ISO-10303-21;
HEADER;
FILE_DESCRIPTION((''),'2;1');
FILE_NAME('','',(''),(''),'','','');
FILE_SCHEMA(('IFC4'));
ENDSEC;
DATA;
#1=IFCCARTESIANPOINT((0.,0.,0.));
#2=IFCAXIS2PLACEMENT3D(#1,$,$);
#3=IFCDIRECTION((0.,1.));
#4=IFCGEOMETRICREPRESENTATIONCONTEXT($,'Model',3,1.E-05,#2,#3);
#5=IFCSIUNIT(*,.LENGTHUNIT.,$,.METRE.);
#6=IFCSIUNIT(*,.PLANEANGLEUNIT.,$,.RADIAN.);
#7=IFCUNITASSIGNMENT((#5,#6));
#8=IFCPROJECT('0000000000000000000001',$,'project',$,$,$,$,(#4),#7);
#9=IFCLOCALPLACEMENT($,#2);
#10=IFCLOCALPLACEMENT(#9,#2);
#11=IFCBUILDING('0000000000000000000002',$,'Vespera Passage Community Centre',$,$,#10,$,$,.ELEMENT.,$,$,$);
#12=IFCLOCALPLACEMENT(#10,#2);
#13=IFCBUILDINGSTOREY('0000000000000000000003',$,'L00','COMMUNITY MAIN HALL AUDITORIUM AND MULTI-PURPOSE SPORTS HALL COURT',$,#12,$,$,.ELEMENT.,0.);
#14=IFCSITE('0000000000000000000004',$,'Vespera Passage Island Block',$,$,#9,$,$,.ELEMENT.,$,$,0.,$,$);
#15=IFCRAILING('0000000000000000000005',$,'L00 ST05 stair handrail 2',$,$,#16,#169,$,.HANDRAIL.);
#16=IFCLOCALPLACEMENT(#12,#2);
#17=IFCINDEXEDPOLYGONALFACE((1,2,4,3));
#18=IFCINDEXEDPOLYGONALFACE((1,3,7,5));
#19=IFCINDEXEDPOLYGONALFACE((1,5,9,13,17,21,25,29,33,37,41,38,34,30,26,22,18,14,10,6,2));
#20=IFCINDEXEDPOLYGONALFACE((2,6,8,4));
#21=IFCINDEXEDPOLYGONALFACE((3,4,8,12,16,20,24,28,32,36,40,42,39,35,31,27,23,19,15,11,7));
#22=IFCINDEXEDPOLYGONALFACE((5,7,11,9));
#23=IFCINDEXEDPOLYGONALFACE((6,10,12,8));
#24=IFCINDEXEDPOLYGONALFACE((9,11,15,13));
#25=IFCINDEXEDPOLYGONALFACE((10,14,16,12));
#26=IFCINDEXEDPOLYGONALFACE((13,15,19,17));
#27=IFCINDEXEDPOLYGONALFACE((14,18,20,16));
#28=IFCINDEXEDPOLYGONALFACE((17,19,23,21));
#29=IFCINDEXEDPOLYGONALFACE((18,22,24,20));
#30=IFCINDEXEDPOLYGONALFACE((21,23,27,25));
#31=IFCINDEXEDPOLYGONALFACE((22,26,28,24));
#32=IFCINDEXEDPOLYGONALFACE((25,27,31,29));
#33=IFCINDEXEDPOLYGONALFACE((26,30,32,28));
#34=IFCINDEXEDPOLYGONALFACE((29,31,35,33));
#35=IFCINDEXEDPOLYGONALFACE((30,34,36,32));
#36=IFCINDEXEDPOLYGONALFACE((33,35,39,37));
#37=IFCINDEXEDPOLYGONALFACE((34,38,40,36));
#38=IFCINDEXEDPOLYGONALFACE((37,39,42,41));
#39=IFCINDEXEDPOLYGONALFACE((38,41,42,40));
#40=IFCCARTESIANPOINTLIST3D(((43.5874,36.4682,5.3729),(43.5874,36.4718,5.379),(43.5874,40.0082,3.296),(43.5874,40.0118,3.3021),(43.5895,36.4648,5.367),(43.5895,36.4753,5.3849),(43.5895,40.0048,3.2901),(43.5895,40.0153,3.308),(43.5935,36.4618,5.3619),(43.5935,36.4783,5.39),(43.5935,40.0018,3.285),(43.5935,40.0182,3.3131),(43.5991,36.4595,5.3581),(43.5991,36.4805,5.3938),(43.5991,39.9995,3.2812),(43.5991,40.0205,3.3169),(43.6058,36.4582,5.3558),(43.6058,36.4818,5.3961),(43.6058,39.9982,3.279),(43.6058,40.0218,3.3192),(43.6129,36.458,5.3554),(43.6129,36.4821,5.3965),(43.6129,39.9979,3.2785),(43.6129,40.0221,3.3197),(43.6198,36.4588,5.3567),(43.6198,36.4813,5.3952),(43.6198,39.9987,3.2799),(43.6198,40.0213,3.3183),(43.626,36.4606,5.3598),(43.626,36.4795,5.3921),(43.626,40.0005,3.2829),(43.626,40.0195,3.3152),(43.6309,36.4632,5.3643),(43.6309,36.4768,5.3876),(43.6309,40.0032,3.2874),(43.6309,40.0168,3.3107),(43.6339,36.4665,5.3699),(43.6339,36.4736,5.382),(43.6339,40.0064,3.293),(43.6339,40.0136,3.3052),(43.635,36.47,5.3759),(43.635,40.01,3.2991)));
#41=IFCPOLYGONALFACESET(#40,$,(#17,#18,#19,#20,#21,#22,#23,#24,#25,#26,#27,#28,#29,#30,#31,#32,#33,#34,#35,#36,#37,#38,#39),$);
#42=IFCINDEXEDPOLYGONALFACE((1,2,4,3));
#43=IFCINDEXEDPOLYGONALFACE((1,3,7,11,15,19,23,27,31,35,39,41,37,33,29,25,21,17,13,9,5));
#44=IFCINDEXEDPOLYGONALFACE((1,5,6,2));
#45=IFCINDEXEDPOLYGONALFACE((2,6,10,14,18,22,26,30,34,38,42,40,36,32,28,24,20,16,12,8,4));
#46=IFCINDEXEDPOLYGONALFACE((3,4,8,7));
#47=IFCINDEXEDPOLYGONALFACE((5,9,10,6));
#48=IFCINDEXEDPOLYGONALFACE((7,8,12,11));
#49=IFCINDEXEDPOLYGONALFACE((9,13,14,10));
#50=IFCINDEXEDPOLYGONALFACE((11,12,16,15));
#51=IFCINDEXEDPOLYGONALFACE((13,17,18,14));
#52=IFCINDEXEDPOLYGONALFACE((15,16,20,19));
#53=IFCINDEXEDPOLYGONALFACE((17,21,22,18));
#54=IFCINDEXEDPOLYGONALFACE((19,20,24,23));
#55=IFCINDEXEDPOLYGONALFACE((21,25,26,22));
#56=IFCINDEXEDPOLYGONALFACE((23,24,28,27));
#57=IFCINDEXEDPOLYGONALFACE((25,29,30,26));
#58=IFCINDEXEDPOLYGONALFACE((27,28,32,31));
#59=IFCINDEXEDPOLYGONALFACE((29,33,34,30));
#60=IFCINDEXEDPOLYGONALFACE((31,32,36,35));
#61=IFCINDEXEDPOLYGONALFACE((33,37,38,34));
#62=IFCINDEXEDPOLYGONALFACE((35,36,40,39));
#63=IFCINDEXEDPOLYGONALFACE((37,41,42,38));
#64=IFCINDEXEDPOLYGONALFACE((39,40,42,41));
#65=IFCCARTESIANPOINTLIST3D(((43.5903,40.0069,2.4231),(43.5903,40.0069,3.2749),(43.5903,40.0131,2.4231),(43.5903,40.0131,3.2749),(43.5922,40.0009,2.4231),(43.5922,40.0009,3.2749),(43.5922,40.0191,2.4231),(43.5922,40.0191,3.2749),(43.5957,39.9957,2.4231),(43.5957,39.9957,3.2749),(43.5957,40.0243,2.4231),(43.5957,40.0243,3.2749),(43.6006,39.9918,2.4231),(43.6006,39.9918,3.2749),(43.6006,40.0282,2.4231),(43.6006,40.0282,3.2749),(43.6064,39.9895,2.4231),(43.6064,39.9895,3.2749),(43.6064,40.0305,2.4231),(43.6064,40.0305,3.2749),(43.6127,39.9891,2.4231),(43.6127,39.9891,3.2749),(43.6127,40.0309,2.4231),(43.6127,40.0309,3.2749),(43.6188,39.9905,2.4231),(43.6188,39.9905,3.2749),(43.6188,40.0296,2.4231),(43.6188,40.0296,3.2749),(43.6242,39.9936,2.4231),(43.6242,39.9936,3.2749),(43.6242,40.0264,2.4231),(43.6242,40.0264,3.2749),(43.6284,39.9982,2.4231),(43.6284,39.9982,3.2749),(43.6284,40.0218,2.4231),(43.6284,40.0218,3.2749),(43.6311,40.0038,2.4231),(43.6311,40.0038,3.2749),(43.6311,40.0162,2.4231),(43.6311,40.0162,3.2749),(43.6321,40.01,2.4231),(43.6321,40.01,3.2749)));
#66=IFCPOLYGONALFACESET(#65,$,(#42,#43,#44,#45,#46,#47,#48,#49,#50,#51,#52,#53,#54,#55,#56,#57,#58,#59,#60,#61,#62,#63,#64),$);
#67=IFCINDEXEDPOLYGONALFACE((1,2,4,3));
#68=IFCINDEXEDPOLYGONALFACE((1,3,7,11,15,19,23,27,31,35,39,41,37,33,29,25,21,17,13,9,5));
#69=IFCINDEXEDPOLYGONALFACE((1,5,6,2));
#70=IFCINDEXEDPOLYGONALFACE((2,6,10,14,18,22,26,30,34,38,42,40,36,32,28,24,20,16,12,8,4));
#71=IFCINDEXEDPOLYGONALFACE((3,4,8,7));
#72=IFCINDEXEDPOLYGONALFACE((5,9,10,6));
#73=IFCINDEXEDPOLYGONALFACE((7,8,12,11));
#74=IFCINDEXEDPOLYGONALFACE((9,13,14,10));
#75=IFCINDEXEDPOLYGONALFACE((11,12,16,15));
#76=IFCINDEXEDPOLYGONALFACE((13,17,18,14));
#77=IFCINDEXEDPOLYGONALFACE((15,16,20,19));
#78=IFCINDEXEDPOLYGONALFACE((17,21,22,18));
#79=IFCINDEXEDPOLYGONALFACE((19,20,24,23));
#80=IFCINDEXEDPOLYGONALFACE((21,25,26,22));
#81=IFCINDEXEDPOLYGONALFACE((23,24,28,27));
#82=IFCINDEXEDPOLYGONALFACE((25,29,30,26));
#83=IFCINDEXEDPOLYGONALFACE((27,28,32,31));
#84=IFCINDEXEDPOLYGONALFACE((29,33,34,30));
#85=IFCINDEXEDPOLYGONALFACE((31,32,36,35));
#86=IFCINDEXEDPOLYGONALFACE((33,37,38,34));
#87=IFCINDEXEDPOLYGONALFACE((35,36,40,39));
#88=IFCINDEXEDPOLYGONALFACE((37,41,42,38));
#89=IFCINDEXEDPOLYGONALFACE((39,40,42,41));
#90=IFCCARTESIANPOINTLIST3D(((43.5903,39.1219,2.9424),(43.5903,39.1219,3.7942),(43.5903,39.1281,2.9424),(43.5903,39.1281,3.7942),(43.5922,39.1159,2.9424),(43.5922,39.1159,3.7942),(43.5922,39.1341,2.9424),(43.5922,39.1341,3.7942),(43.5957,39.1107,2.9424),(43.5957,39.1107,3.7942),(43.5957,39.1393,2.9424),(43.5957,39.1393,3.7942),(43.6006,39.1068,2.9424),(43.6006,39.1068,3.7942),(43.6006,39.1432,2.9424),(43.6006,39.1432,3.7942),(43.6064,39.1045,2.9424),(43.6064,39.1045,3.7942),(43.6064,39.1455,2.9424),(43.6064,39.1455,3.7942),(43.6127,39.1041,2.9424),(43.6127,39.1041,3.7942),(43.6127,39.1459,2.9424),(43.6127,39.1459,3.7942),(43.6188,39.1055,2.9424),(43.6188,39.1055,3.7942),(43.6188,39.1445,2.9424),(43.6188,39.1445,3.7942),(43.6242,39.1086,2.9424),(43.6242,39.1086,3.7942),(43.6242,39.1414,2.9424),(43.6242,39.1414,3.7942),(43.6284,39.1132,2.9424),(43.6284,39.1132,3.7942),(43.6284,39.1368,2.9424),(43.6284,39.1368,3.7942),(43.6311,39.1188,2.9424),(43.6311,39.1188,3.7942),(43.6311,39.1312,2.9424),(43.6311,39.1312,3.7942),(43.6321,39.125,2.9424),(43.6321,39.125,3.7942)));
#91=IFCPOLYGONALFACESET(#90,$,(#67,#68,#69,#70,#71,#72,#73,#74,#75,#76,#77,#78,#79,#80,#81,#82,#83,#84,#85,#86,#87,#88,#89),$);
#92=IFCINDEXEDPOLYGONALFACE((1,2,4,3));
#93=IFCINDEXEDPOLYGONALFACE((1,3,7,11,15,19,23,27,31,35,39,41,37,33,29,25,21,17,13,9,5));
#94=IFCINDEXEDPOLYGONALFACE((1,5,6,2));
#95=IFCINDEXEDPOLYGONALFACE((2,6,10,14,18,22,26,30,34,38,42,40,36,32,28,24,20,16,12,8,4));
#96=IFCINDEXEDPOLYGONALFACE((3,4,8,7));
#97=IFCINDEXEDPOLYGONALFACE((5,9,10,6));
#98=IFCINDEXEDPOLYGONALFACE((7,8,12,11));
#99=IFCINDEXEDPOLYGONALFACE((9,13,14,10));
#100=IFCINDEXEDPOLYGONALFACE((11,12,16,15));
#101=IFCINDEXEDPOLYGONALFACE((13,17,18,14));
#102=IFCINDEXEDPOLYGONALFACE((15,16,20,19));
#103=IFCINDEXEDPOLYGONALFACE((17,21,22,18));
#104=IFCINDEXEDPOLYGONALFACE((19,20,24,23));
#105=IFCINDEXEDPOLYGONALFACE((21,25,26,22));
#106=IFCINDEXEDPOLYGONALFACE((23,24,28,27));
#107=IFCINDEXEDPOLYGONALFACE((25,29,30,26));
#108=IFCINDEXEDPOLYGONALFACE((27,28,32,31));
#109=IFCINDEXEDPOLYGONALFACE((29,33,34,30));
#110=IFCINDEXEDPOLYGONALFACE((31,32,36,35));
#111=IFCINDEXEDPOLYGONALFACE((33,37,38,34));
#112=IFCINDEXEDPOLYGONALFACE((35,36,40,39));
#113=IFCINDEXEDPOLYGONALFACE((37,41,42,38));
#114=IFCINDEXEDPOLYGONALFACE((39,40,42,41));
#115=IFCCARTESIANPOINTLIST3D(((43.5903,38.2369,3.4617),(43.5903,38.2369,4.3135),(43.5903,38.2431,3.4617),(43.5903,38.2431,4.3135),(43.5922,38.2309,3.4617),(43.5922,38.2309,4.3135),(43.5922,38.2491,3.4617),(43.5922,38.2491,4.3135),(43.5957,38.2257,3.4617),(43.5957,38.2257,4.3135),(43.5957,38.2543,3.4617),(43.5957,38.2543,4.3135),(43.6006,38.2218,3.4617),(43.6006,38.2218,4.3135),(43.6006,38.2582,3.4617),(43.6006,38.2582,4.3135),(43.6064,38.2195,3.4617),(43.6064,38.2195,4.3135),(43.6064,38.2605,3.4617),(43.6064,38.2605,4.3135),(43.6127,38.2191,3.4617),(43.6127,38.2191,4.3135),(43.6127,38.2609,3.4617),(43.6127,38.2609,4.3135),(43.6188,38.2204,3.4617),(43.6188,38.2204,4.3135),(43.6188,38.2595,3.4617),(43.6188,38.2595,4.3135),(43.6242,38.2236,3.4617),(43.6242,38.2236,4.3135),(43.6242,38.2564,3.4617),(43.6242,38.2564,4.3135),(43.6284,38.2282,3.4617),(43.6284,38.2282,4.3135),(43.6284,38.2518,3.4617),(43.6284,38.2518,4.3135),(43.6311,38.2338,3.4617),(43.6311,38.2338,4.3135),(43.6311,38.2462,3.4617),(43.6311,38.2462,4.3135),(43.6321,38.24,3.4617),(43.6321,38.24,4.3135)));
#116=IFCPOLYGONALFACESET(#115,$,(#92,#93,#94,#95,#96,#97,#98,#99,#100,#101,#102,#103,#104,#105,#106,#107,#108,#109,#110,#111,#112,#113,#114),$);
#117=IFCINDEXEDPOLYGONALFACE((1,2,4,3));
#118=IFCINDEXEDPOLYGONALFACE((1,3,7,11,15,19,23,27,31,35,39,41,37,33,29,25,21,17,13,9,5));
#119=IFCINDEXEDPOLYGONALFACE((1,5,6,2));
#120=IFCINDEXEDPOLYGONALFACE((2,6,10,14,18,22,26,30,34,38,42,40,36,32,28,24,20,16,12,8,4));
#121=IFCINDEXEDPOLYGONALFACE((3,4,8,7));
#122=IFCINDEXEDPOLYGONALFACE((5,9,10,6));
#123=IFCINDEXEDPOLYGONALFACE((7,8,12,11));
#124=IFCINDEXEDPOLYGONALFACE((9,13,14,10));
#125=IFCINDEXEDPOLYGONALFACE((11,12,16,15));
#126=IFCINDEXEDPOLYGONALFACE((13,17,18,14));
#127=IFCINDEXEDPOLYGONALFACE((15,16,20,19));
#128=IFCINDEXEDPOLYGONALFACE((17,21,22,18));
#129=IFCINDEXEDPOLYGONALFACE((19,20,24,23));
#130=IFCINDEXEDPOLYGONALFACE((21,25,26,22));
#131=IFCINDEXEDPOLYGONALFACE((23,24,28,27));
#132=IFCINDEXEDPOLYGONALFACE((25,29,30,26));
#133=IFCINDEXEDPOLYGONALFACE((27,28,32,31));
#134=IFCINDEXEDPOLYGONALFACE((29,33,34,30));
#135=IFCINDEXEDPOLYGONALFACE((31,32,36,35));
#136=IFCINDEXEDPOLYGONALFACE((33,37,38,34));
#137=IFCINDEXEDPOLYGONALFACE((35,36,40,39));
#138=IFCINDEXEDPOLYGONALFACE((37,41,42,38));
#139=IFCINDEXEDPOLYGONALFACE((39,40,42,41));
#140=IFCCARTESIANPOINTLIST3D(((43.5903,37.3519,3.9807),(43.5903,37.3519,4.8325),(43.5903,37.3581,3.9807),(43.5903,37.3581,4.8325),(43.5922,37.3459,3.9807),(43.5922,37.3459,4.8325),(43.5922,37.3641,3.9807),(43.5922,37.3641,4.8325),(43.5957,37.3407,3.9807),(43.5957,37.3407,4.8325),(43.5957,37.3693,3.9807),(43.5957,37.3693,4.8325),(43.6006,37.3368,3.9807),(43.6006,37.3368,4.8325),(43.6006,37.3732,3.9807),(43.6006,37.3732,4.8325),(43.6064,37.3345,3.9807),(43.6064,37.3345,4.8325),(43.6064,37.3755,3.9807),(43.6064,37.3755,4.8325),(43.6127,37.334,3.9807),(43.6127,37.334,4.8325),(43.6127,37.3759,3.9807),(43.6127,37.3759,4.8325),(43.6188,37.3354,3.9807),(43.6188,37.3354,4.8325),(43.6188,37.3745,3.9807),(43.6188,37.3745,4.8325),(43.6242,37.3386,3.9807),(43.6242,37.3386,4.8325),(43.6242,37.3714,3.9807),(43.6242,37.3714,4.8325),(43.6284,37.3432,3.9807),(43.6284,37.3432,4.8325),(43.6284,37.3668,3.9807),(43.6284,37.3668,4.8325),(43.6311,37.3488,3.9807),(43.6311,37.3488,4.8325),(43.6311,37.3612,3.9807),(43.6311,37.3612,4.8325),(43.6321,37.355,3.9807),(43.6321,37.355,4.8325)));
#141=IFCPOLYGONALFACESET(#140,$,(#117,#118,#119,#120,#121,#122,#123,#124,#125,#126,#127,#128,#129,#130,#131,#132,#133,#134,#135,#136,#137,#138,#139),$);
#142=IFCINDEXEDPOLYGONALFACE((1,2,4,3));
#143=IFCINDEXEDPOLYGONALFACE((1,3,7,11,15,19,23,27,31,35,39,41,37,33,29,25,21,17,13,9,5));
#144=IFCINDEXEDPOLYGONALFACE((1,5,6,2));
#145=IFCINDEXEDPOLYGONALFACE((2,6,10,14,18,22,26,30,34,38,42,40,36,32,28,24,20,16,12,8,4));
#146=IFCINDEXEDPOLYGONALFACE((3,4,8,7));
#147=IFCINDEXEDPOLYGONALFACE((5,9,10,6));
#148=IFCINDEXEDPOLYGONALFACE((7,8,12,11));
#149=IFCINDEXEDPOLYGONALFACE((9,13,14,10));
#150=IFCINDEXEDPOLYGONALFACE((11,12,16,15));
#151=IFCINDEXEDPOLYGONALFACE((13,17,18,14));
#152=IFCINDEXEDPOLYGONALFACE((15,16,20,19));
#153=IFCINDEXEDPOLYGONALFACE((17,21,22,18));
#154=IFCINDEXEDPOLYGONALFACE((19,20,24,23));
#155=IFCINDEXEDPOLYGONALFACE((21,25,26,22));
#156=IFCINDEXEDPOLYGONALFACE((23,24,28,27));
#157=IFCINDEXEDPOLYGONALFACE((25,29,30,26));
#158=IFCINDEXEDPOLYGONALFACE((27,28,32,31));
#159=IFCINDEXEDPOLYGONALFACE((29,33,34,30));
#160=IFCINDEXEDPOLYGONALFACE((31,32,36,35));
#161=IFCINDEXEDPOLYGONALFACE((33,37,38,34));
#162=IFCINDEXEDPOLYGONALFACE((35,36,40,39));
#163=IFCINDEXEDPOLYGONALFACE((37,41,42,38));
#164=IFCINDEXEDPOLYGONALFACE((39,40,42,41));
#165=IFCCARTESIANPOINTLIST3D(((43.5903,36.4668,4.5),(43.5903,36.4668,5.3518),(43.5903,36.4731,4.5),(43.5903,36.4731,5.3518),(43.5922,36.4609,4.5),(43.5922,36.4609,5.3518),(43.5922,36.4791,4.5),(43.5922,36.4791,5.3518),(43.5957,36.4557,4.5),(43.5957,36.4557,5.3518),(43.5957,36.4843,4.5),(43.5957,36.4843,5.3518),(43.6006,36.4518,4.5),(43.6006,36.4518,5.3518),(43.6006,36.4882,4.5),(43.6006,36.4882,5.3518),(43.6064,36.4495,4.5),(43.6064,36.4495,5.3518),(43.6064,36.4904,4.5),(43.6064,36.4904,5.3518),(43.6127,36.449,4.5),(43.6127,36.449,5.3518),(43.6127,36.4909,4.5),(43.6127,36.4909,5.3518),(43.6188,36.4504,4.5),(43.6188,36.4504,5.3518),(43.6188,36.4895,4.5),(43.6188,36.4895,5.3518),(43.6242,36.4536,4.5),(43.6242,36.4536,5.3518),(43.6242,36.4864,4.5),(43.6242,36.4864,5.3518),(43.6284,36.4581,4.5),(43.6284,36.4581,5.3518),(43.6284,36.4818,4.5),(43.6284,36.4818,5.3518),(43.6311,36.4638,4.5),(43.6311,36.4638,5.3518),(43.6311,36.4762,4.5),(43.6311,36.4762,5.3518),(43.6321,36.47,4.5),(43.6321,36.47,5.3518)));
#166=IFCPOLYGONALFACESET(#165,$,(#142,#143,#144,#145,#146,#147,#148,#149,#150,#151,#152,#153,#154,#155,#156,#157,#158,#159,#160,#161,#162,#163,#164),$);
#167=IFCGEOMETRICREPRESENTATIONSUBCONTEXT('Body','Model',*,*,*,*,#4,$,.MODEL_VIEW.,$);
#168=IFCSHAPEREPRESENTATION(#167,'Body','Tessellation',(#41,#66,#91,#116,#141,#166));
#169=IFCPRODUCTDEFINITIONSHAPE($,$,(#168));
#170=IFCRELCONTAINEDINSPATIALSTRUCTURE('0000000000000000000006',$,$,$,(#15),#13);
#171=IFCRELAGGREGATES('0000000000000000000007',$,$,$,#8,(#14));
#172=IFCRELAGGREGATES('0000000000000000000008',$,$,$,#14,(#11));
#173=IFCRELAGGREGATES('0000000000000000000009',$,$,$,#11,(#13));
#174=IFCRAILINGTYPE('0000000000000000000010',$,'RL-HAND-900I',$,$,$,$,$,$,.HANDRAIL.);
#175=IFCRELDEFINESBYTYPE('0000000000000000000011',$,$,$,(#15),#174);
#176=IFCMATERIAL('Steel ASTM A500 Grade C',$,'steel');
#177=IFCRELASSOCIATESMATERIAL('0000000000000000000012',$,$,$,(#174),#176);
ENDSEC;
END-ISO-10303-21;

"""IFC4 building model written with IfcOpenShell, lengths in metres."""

from ifc_helpers import new_model, si_unit, direction, frame, origin, origin_2d, place, context, subcontext, project, spatial, circle, extrude, material, type_object, element, save


model = new_model("IFC4")

# Units and contexts
model_context = context("Model", 3, precision=1e-05, world=origin(), true_north=direction((0.0, 1.0)))
body_context = subcontext(model_context, "Body", "Model", "MODEL_VIEW")
ifc_project = project(units=[si_unit("LENGTHUNIT", "METRE"), si_unit("PLANEANGLEUNIT", "RADIAN")], contexts=[model_context])

# Site, building, storey
site_placement = place(None, origin())
site = spatial("IfcSite", under=ifc_project, at=site_placement, Name="Vespera Passage Island Block", CompositionType="ELEMENT", RefElevation=0.0)
building_placement = place(site_placement, origin())
building = spatial("IfcBuilding", under=site, at=building_placement, Name="Vespera Passage Community Centre", CompositionType="ELEMENT")
storey_placement = place(building_placement, origin())
storey = spatial("IfcBuildingStorey", under=building, at=storey_placement, Name="L00", Description="COMMUNITY MAIN HALL AUDITORIUM AND MULTI-PURPOSE SPORTS HALL COURT", CompositionType="ELEMENT", Elevation=0.0)

# Railing
ifc_material_1 = material(Name="Steel ASTM A500 Grade C", Category="steel")
railing_type_1 = type_object("IfcRailingType", Name="RL-HAND-900I", PredefinedType="HANDRAIL", material=ifc_material_1)
railing_1_placement = place(storey_placement, frame((43.6111, 40.01, 2.4231)))
element("IfcRailing", 1, at=railing_1_placement, inside=storey, type_object=railing_type_1, Name="L00 ST05 stair handrail 2", PredefinedType="HANDRAIL", context=body_context, shape_type="SweptSolid", body=[
    extrude(circle(Radius=0.0239, at=origin_2d()), frame((0.0, 0.0, 0.876), z_axis=(0.0, -0.862516, 0.506029), x_axis=(1.0, 0.0, 0.0)), (0.0, 0.0, 1.0), 4.1042),
    extrude(circle(Radius=0.021, at=origin_2d()), origin(), (0.0, 0.0, 1.0), 0.8518),
    extrude(circle(Radius=0.021, at=origin_2d()), frame((0.0, -0.885, 0.5193)), (0.0, 0.0, 1.0), 0.8518),
    extrude(circle(Radius=0.021, at=origin_2d()), frame((0.0, -1.77, 1.0386)), (0.0, 0.0, 1.0), 0.8518),
    extrude(circle(Radius=0.021, at=origin_2d()), frame((0.0, -2.655, 1.5576)), (0.0, 0.0, 1.0), 0.8518),
    extrude(circle(Radius=0.021, at=origin_2d()), frame((0.0, -3.54, 2.0769)), (0.0, 0.0, 1.0), 0.8518),
])

save(model, "model.ifc")
